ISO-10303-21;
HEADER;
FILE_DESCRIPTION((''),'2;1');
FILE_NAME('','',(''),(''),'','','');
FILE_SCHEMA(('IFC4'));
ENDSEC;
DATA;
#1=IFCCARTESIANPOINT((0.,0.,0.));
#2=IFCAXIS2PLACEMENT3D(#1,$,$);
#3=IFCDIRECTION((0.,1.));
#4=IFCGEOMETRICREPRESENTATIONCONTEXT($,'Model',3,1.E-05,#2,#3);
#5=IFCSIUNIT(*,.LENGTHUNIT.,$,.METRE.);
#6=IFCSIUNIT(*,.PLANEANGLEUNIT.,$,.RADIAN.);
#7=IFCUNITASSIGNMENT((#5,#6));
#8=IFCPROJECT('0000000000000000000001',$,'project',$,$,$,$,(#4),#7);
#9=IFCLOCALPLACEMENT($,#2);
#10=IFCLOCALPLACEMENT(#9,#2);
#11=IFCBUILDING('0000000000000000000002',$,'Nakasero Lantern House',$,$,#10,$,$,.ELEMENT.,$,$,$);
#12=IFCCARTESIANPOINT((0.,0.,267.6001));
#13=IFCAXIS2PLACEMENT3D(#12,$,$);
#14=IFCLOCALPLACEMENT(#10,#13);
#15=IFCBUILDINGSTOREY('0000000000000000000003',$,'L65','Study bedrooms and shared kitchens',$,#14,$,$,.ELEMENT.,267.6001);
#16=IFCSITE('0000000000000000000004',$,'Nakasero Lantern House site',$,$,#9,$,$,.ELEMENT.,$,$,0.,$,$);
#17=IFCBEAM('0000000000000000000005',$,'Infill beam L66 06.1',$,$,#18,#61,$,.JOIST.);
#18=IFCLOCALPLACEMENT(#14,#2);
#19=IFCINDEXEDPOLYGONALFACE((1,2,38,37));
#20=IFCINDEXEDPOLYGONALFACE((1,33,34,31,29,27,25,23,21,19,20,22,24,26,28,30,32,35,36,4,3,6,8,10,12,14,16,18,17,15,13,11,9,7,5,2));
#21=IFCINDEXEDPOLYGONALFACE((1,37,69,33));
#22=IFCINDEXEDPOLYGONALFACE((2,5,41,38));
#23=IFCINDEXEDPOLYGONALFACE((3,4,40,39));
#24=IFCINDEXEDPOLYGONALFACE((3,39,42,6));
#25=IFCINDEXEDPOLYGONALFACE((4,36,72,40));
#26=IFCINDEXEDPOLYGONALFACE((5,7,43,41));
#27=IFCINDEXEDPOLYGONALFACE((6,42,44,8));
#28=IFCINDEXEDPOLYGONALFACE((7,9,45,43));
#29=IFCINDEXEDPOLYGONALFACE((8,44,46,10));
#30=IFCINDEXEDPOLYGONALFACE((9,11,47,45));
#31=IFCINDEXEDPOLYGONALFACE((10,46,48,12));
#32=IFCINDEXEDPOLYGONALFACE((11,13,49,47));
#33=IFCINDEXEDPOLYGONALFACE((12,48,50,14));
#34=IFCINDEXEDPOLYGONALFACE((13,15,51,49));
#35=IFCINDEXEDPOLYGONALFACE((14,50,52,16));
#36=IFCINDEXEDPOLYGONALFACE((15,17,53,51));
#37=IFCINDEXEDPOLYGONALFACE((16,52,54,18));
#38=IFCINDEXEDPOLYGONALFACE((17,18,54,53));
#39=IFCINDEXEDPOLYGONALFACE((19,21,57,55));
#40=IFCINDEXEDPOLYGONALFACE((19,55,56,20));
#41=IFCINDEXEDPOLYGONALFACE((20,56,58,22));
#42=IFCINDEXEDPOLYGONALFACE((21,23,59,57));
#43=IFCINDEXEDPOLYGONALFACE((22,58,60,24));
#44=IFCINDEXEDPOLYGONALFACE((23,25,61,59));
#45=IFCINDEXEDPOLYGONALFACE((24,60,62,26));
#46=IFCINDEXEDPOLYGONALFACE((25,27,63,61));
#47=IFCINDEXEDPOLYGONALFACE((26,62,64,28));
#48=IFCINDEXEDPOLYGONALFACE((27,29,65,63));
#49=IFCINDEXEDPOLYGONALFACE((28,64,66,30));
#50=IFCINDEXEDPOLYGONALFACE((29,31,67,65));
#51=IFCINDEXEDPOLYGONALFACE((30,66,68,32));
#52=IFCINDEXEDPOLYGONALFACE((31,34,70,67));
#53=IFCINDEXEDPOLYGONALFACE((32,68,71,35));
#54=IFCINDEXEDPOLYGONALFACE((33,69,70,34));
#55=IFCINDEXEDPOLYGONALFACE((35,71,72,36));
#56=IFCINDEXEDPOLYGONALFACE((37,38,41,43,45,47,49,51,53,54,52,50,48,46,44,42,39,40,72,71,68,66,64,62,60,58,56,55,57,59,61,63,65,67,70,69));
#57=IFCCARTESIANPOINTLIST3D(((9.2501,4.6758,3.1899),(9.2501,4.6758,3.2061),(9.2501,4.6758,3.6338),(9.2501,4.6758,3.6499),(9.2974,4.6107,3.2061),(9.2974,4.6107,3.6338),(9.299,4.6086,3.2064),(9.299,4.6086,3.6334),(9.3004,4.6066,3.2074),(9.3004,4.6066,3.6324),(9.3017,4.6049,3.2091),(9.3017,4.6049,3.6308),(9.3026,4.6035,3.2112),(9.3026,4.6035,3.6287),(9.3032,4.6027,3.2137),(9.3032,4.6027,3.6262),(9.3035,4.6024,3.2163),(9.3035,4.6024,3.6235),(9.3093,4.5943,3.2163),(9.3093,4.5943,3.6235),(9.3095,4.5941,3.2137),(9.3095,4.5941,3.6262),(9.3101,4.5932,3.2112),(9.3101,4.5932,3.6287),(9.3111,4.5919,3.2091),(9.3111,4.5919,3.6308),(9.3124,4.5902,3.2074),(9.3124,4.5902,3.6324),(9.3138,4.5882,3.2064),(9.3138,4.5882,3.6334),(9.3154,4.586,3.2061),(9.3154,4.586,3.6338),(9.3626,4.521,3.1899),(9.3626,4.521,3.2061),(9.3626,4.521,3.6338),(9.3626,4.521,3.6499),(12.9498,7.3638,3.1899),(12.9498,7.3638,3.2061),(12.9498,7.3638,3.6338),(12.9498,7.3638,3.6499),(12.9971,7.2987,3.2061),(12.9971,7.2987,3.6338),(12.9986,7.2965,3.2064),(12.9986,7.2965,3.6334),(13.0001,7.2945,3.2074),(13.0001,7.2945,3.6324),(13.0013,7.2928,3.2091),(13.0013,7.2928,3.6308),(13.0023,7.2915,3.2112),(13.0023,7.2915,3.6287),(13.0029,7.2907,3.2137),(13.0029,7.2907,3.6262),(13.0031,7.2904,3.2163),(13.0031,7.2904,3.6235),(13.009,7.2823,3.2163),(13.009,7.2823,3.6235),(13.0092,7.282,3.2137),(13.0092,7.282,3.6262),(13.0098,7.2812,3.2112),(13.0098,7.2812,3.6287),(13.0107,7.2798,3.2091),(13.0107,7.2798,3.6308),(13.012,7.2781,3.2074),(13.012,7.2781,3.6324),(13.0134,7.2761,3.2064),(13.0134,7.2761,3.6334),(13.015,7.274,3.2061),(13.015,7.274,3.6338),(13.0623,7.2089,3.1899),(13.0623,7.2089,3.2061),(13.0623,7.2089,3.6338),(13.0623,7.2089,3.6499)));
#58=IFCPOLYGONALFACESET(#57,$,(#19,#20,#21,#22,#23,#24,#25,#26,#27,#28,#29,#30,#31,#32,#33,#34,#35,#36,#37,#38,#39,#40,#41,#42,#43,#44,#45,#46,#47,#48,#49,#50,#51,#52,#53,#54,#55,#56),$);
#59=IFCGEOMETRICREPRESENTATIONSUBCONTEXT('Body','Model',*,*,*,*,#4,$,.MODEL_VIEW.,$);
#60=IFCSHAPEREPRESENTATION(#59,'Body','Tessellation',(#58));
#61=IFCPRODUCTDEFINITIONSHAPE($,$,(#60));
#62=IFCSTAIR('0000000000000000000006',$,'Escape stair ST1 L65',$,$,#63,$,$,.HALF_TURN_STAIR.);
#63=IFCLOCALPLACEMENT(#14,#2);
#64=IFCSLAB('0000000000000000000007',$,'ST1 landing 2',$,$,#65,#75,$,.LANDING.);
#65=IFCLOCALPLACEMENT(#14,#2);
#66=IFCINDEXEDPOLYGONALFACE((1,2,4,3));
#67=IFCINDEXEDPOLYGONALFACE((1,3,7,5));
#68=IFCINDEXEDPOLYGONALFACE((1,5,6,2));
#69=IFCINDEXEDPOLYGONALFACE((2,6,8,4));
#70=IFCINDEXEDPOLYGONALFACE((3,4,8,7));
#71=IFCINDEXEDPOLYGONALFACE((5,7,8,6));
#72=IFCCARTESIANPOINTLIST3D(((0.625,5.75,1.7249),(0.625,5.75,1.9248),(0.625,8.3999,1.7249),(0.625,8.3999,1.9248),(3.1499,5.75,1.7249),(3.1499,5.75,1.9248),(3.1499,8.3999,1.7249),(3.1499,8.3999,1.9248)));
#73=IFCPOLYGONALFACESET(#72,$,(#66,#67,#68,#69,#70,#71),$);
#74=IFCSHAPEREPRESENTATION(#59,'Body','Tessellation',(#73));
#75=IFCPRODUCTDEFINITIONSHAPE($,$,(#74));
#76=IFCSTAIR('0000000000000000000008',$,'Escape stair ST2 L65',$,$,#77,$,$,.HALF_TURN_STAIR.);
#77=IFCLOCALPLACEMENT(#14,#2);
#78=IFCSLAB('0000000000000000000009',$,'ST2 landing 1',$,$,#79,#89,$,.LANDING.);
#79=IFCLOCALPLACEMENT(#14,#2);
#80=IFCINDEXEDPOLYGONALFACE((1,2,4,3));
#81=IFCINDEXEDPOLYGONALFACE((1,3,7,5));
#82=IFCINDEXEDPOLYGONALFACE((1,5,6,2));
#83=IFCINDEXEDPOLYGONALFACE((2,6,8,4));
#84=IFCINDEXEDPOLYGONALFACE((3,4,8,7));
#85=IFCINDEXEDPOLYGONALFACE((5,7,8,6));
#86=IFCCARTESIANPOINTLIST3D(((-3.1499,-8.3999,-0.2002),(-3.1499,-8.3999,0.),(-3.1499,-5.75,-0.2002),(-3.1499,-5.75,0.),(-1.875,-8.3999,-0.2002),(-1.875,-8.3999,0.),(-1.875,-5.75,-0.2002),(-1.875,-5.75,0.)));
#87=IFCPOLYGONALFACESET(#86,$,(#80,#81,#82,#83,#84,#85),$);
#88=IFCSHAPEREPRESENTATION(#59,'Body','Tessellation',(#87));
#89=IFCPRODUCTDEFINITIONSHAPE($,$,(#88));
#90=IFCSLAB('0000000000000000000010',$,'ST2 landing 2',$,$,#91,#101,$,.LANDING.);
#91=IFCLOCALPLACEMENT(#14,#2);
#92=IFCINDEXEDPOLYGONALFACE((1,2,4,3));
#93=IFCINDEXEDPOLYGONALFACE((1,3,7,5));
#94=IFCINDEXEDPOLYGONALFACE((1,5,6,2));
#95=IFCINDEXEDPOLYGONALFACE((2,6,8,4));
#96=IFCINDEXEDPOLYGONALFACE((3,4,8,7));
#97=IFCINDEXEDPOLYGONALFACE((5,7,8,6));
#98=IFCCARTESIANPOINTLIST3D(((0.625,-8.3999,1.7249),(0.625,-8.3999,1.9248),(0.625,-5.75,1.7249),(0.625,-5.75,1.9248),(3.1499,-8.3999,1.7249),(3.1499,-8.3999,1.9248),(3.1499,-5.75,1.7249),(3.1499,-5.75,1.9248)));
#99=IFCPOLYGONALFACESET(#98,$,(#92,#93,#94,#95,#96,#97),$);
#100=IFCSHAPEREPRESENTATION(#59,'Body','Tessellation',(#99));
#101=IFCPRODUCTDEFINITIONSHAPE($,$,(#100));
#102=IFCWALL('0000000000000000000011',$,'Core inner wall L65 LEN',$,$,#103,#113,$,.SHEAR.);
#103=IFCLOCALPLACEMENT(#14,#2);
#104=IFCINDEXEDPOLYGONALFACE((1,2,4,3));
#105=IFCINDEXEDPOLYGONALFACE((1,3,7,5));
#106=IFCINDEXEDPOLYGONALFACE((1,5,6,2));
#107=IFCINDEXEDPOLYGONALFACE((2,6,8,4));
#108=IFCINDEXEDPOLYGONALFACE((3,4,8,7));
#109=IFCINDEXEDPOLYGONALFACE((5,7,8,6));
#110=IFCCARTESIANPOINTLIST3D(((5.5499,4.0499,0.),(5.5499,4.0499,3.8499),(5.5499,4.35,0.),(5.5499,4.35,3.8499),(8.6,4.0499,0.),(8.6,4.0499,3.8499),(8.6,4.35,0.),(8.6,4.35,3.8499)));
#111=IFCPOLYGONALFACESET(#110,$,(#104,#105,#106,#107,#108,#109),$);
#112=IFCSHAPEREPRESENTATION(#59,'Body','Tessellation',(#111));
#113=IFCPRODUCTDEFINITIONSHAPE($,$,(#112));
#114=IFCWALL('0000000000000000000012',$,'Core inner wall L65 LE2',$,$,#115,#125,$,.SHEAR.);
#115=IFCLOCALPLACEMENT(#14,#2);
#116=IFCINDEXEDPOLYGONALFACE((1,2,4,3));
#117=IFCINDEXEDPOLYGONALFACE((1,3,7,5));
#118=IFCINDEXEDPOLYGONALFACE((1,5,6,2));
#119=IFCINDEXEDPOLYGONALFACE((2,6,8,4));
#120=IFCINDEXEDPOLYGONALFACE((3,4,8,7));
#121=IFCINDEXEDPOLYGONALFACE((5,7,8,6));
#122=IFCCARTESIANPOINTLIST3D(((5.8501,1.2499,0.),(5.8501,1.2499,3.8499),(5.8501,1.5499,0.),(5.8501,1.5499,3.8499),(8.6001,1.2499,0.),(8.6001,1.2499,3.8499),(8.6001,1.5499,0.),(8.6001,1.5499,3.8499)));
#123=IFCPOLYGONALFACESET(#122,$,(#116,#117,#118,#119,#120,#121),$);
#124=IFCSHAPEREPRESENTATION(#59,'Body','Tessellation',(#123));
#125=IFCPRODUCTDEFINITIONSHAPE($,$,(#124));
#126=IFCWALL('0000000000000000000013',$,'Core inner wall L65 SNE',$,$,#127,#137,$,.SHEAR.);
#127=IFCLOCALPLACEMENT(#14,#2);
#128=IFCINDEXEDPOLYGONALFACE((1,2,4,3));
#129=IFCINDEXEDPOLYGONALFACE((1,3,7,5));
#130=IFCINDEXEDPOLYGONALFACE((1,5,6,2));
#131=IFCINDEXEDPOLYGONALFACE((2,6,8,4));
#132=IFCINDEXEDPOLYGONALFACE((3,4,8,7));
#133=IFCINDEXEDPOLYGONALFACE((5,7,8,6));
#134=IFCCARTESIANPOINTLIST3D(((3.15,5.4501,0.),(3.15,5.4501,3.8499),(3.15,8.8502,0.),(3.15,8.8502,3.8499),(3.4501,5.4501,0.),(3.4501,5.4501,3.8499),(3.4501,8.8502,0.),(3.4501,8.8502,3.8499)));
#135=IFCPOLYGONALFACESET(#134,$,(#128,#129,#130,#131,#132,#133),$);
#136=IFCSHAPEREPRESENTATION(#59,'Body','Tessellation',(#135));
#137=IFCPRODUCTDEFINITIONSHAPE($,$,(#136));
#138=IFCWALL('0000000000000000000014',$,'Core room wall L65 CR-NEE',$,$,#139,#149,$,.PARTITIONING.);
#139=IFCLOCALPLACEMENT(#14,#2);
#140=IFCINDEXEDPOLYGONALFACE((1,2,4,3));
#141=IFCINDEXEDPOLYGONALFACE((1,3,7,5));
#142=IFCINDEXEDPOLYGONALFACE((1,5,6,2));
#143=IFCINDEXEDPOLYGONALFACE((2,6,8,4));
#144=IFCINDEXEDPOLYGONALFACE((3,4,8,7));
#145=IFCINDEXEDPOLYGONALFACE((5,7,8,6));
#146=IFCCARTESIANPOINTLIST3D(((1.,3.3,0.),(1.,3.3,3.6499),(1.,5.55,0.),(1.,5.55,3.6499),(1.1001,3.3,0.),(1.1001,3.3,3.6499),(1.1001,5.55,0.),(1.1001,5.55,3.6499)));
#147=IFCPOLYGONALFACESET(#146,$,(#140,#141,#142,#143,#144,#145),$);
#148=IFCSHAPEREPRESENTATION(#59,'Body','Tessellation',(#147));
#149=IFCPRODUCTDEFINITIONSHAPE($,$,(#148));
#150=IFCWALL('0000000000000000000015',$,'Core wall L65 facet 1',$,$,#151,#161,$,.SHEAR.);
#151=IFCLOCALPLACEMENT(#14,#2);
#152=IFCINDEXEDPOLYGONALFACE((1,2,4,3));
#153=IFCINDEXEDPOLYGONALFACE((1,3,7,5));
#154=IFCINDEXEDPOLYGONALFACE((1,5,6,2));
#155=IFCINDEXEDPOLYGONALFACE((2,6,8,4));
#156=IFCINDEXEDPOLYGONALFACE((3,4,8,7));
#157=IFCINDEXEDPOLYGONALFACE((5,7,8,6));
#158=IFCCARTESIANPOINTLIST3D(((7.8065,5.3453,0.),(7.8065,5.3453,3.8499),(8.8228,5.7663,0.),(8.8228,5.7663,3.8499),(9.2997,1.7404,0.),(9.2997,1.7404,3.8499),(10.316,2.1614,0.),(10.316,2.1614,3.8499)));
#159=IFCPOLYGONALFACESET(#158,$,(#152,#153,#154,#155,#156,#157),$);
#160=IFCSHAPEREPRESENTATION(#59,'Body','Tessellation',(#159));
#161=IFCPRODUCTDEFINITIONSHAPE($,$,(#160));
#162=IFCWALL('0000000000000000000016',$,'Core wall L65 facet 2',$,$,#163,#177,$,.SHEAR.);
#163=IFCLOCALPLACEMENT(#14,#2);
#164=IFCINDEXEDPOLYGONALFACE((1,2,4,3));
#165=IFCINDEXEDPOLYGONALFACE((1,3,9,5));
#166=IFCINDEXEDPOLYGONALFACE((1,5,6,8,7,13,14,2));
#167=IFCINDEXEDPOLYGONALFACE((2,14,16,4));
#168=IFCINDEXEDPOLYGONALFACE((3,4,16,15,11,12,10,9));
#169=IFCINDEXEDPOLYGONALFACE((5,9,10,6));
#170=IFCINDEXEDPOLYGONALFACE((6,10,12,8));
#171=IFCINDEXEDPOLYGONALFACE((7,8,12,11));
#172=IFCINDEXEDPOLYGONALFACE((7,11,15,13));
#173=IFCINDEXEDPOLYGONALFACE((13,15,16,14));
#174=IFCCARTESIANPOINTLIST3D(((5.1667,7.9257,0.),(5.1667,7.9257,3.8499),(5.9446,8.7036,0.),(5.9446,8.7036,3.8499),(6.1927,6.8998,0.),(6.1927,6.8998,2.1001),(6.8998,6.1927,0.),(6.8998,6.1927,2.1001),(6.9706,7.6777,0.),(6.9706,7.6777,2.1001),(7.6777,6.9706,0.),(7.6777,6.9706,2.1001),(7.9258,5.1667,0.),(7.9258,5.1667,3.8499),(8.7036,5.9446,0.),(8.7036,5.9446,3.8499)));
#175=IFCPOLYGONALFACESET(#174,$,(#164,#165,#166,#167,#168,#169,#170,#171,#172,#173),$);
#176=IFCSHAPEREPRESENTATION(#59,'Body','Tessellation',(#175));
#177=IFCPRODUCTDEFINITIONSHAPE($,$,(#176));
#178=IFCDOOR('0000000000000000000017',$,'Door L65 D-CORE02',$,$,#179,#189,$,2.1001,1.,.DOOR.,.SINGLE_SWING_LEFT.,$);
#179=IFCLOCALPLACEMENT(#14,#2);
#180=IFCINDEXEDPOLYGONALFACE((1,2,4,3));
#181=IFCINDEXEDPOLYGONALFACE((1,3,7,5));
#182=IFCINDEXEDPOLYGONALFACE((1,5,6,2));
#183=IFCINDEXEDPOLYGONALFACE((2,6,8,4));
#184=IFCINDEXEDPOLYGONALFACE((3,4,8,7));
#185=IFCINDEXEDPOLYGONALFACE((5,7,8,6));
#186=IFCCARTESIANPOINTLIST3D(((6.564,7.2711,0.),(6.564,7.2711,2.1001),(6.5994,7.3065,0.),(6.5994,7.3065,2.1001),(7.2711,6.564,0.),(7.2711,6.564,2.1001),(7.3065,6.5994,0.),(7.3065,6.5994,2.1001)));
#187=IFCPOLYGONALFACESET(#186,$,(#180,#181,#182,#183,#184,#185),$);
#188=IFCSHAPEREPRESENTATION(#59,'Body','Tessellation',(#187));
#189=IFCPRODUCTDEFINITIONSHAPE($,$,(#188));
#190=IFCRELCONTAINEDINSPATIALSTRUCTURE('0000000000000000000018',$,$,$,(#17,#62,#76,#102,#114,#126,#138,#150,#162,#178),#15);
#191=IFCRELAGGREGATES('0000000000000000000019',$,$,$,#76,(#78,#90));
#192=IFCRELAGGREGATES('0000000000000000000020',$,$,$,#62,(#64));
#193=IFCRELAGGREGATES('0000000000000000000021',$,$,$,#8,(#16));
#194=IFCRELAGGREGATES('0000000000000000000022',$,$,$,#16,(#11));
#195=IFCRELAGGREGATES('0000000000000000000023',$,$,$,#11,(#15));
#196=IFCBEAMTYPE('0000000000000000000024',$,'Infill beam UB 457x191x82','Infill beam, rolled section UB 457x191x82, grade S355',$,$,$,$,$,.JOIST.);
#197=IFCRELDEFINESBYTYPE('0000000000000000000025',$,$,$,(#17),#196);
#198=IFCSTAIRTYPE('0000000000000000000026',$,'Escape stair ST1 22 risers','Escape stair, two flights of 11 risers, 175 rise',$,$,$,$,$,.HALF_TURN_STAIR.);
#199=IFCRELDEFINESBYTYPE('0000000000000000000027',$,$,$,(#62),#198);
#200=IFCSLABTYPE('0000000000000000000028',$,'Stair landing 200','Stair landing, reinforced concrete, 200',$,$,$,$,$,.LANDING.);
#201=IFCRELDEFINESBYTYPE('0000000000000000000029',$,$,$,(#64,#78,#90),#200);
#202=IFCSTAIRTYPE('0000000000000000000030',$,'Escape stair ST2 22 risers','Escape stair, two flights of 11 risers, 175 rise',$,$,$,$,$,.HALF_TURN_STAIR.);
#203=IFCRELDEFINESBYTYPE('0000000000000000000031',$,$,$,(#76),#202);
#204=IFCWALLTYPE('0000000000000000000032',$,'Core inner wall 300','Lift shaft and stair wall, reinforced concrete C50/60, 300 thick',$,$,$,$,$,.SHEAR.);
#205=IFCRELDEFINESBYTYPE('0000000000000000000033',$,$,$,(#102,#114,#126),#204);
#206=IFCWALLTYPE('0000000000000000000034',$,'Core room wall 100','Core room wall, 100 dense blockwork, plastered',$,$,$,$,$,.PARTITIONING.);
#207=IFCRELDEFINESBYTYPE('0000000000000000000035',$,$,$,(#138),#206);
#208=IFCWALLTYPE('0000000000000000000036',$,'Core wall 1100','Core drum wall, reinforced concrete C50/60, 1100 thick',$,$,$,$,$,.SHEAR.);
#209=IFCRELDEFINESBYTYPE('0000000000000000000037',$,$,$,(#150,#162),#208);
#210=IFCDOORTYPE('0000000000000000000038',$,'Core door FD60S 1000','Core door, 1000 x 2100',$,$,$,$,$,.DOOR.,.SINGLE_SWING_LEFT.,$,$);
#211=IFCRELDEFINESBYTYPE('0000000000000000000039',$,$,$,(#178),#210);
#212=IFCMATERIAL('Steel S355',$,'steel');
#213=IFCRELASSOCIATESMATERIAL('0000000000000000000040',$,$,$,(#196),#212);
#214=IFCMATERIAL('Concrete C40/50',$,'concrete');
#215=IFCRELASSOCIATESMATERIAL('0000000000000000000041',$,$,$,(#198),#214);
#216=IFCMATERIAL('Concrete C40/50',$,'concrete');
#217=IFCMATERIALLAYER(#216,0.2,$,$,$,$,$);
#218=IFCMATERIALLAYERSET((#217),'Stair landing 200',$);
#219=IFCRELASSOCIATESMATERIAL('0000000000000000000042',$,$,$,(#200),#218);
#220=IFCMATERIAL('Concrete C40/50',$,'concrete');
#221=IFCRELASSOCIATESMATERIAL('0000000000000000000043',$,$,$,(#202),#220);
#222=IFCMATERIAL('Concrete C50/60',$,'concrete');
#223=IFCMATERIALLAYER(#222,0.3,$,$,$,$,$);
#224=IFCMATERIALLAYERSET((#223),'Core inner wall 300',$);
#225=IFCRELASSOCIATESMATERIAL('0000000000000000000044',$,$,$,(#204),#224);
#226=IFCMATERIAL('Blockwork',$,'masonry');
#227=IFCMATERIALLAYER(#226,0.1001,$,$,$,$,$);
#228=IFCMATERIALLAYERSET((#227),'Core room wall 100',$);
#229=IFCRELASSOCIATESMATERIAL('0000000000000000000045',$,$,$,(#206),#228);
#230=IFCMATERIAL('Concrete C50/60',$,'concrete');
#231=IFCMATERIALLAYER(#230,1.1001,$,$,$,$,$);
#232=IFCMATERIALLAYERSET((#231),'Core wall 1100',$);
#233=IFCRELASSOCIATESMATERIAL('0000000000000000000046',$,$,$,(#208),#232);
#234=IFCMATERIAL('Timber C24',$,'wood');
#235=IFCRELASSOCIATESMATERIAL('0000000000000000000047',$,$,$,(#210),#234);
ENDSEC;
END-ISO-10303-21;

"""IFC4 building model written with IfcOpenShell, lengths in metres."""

from ifc_helpers import new_model, si_unit, direction, frame, frame_2d, origin, origin_2d, place, context, subcontext, project, spatial, polyline, rectangle, i_section, outline, extrude, material, layer, layer_set, material_profile, profile_set, type_object, element, fill, aggregate, save


model = new_model("IFC4")

# Units and contexts
model_context = context("Model", 3, precision=1e-05, world=origin(), true_north=direction((0.0, 1.0)))
body_context = subcontext(model_context, "Body", "Model", "MODEL_VIEW")
ifc_project = project(units=[si_unit("LENGTHUNIT", "METRE"), si_unit("PLANEANGLEUNIT", "RADIAN")], contexts=[model_context])

# Site, building, storey
site_placement = place(None, origin())
site = spatial("IfcSite", under=ifc_project, at=site_placement, Name="Nakasero Lantern House site", CompositionType="ELEMENT", RefElevation=0.0)
building_placement = place(site_placement, origin())
building = spatial("IfcBuilding", under=site, at=building_placement, Name="Nakasero Lantern House", CompositionType="ELEMENT")
storey_placement = place(building_placement, frame((0.0, 0.0, 267.6001)))
storey = spatial("IfcBuildingStorey", under=building, at=storey_placement, Name="L65", Description="Study bedrooms and shared kitchens", CompositionType="ELEMENT", Elevation=267.6001)

# Beam
ifc_material_1 = material(Name="Steel S355", Category="steel")
ifc_material_profile = material_profile(ifc_material_1, i_section(OverallWidth=0.1914, OverallDepth=0.46, WebThickness=0.01, FlangeThickness=0.0161, FilletRadius=0.0103, at=origin_2d()), Name="UB 457x191x82")
ifc_profile_set = profile_set([ifc_material_profile], Name="Steel S355")
beam_type = type_object("IfcBeamType", Name="Infill beam UB 457x191x82", Description="Infill beam, rolled section UB 457x191x82, grade S355", PredefinedType="JOIST", material=ifc_profile_set)
beam_placement = place(storey_placement, frame((9.3064, 4.5984, 3.4199), z_axis=(0.809018, 0.587784, 0.0), x_axis=(-0.587784, 0.809018, 0.0)))
element("IfcBeam", 1, at=beam_placement, inside=storey, type_object=beam_type, Name="Infill beam L66 06.1", PredefinedType="JOIST", context=body_context, shape_type="SweptSolid", body=[
    extrude(i_section(OverallWidth=0.1914, OverallDepth=0.46, WebThickness=0.01, FlangeThickness=0.0161, FilletRadius=0.0103, at=origin_2d()), origin(), (0.0, 0.0, 1.0), 4.573),
])

# Stair, slab
ifc_material_2 = material(Name="Concrete C40/50", Category="concrete")
stair_type_1 = type_object("IfcStairType", Name="Escape stair ST1 22 risers", Description="Escape stair, two flights of 11 risers, 175 rise", PredefinedType="HALF_TURN_STAIR", material=ifc_material_2)
stair_1_placement = place(storey_placement, origin())
stair_1 = element("IfcStair", 2, at=stair_1_placement, inside=storey, type_object=stair_type_1, Name="Escape stair ST1 L65", PredefinedType="HALF_TURN_STAIR")
ifc_material_3 = material(Name="Concrete C40/50", Category="concrete")
ifc_layer_1 = layer(ifc_material_3, 0.2)
ifc_layer_set_1 = layer_set([ifc_layer_1], Name="Stair landing 200")
slab_type = type_object("IfcSlabType", Name="Stair landing 200", Description="Stair landing, reinforced concrete, 200", PredefinedType="LANDING", material=ifc_layer_set_1)
slab_1_placement = place(storey_placement, frame((0.0, 0.0, 1.7249)))
slab_1 = element("IfcSlab", 3, at=slab_1_placement, type_object=slab_type, Name="ST1 landing 2", PredefinedType="LANDING", context=body_context, shape_type="SweptSolid", body=[
    extrude(outline(polyline([(0.625, 5.75), (3.1499, 5.75), (3.1499, 8.3999), (0.625, 8.3999), (0.625, 5.75)])), origin(), (0.0, 0.0, 1.0), 0.2),
])

# Stair, slabs
ifc_material_4 = material(Name="Concrete C40/50", Category="concrete")
stair_type_2 = type_object("IfcStairType", Name="Escape stair ST2 22 risers", Description="Escape stair, two flights of 11 risers, 175 rise", PredefinedType="HALF_TURN_STAIR", material=ifc_material_4)
stair_2_placement = place(storey_placement, origin())
stair_2 = element("IfcStair", 4, at=stair_2_placement, inside=storey, type_object=stair_type_2, Name="Escape stair ST2 L65", PredefinedType="HALF_TURN_STAIR")
slab_2_placement = place(storey_placement, frame((0.0, 0.0, -0.2002)))
slab_2 = element("IfcSlab", 5, at=slab_2_placement, type_object=slab_type, Name="ST2 landing 1", PredefinedType="LANDING", context=body_context, shape_type="SweptSolid", body=[
    extrude(outline(polyline([(-3.1499, -8.3999), (-1.875, -8.3999), (-1.875, -5.75), (-3.1499, -5.75), (-3.1499, -8.3999)])), origin(), (0.0, 0.0, 1.0), 0.2002),
])
slab_3_placement = place(storey_placement, frame((0.0, 0.0, 1.7249)))
slab_3 = element("IfcSlab", 6, at=slab_3_placement, type_object=slab_type, Name="ST2 landing 2", PredefinedType="LANDING", context=body_context, shape_type="SweptSolid", body=[
    extrude(outline(polyline([(0.625, -8.3999), (3.1499, -8.3999), (3.1499, -5.75), (0.625, -5.75), (0.625, -8.3999)])), origin(), (0.0, 0.0, 1.0), 0.2),
])
aggregate(stair_2, [slab_2, slab_3])

# Walls
ifc_material_5 = material(Name="Concrete C50/60", Category="concrete")
ifc_layer_2 = layer(ifc_material_5, 0.3)
ifc_layer_set_2 = layer_set([ifc_layer_2], Name="Core inner wall 300")
wall_type_1 = type_object("IfcWallType", Name="Core inner wall 300", Description="Lift shaft and stair wall, reinforced concrete C50/60, 300 thick", PredefinedType="SHEAR", material=ifc_layer_set_2)
wall_1_placement = place(storey_placement, frame((5.55, 4.2, 0.0), z_axis=(0.0, 0.0, 1.0), x_axis=(1.0, 0.0, 0.0)))
element("IfcWall", 7, at=wall_1_placement, inside=storey, type_object=wall_type_1, Name="Core inner wall L65 LEN", PredefinedType="SHEAR", context=body_context, shape_type="SweptSolid", body=[
    extrude(rectangle(XDim=3.05, YDim=0.3, at=frame_2d((1.5249, 0.0))), origin(), (0.0, 0.0, 1.0), 3.8499),
])
wall_2_placement = place(storey_placement, frame((5.8501, 1.3999, 0.0), z_axis=(0.0, 0.0, 1.0), x_axis=(1.0, 0.0, 0.0)))
element("IfcWall", 8, at=wall_2_placement, inside=storey, type_object=wall_type_1, Name="Core inner wall L65 LE2", PredefinedType="SHEAR", context=body_context, shape_type="SweptSolid", body=[
    extrude(rectangle(XDim=2.75, YDim=0.3, at=frame_2d((1.375, 0.0))), origin(), (0.0, 0.0, 1.0), 3.8499),
])
wall_3_placement = place(storey_placement, frame((3.3, 5.45, 0.0), z_axis=(0.0, 0.0, 1.0), x_axis=(0.0, 1.0, 0.0)))
element("IfcWall", 9, at=wall_3_placement, inside=storey, type_object=wall_type_1, Name="Core inner wall L65 SNE", PredefinedType="SHEAR", context=body_context, shape_type="SweptSolid", body=[
    extrude(rectangle(XDim=3.4001, YDim=0.3, at=frame_2d((1.7002, 0.0))), origin(), (0.0, 0.0, 1.0), 3.8499),
])
ifc_material_6 = material(Name="Blockwork", Category="masonry")
ifc_layer_3 = layer(ifc_material_6, 0.1001)
ifc_layer_set_3 = layer_set([ifc_layer_3], Name="Core room wall 100")
wall_type_2 = type_object("IfcWallType", Name="Core room wall 100", Description="Core room wall, 100 dense blockwork, plastered", PredefinedType="PARTITIONING", material=ifc_layer_set_3)
wall_4_placement = place(storey_placement, frame((1.05, 3.3, 0.0), z_axis=(0.0, 0.0, 1.0), x_axis=(0.0, 1.0, 0.0)))
element("IfcWall", 10, at=wall_4_placement, inside=storey, type_object=wall_type_2, Name="Core room wall L65 CR-NEE", PredefinedType="PARTITIONING", context=body_context, shape_type="SweptSolid", body=[
    extrude(rectangle(XDim=2.25, YDim=0.1001, at=frame_2d((1.125, 0.0))), origin(), (0.0, 0.0, 1.0), 3.6499),
])
ifc_material_7 = material(Name="Concrete C50/60", Category="concrete")
ifc_layer_4 = layer(ifc_material_7, 1.1001)
ifc_layer_set_4 = layer_set([ifc_layer_4], Name="Core wall 1100")
wall_type_3 = type_object("IfcWallType", Name="Core wall 1100", Description="Core drum wall, reinforced concrete C50/60, 1100 thick", PredefinedType="SHEAR", material=ifc_layer_set_4)
wall_5_placement = place(storey_placement, frame((9.8079, 1.9509, 0.0), z_axis=(0.0, 0.0, 1.0), x_axis=(-0.382691, 0.923877, 0.0)))
element("IfcWall", 11, at=wall_5_placement, inside=storey, type_object=wall_type_3, Name="Core wall L65 facet 1", PredefinedType="SHEAR", context=body_context, shape_type="SweptSolid", body=[
    extrude(rectangle(XDim=3.9019, YDim=1.1001, at=frame_2d((1.9509, 0.0))), origin(), (0.0, 0.0, 1.0), 3.8499),
])

# Wall, opening, door
wall_6_placement = place(storey_placement, frame((8.3147, 5.5557, 0.0), z_axis=(0.0, 0.0, 1.0), x_axis=(-0.707107, 0.707107, 0.0)))
wall_6 = element("IfcWall", 12, at=wall_6_placement, inside=storey, type_object=wall_type_3, Name="Core wall L65 facet 2", PredefinedType="SHEAR", context=body_context, shape_type="SweptSolid", body=[
    extrude(rectangle(XDim=3.9019, YDim=1.1001, at=frame_2d((1.9509, 0.0))), origin(), (0.0, 0.0, 1.0), 3.8499),
])
opening_1_placement = place(wall_6_placement, frame((1.4509, 0.0, 0.0)))
opening_1 = element("IfcOpeningElement", 13, at=opening_1_placement, cuts=wall_6, PredefinedType="OPENING", context=body_context, shape_type="SweptSolid", body=[
    extrude(rectangle(XDim=1.0, YDim=2.1001, at=frame_2d((0.5, 1.05))), frame((0.0, 0.5701, 0.0), z_axis=(0.0, -1.0, 0.0), x_axis=(1.0, 0.0, 0.0)), (0.0, 0.0, 1.0), 1.1401),
])
ifc_material_8 = material(Name="Timber C24", Category="wood")
door_type_1 = type_object("IfcDoorType", Name="Core door FD60S 1000", Description="Core door, 1000 x 2100", OperationType="SINGLE_SWING_LEFT", PredefinedType="DOOR", material=ifc_material_8)
door_1_placement = place(opening_1_placement, origin())
door_1 = element("IfcDoor", 14, at=door_1_placement, inside=storey, type_object=door_type_1, Name="Door L65 D-CORE02", OperationType="SINGLE_SWING_LEFT", OverallHeight=2.1001, OverallWidth=1.0, PredefinedType="DOOR", context=body_context, shape_type="SweptSolid", body=[
    extrude(rectangle(XDim=1.0, YDim=2.1001, at=frame_2d((0.5, 1.05))), frame((0.0, 0.0249, 0.0), z_axis=(0.0, -1.0, 0.0), x_axis=(1.0, 0.0, 0.0)), (0.0, 0.0, 1.0), 0.05),
])
fill(opening_1, door_1)

aggregate(stair_1, [slab_1])

save(model, "model.ifc")
